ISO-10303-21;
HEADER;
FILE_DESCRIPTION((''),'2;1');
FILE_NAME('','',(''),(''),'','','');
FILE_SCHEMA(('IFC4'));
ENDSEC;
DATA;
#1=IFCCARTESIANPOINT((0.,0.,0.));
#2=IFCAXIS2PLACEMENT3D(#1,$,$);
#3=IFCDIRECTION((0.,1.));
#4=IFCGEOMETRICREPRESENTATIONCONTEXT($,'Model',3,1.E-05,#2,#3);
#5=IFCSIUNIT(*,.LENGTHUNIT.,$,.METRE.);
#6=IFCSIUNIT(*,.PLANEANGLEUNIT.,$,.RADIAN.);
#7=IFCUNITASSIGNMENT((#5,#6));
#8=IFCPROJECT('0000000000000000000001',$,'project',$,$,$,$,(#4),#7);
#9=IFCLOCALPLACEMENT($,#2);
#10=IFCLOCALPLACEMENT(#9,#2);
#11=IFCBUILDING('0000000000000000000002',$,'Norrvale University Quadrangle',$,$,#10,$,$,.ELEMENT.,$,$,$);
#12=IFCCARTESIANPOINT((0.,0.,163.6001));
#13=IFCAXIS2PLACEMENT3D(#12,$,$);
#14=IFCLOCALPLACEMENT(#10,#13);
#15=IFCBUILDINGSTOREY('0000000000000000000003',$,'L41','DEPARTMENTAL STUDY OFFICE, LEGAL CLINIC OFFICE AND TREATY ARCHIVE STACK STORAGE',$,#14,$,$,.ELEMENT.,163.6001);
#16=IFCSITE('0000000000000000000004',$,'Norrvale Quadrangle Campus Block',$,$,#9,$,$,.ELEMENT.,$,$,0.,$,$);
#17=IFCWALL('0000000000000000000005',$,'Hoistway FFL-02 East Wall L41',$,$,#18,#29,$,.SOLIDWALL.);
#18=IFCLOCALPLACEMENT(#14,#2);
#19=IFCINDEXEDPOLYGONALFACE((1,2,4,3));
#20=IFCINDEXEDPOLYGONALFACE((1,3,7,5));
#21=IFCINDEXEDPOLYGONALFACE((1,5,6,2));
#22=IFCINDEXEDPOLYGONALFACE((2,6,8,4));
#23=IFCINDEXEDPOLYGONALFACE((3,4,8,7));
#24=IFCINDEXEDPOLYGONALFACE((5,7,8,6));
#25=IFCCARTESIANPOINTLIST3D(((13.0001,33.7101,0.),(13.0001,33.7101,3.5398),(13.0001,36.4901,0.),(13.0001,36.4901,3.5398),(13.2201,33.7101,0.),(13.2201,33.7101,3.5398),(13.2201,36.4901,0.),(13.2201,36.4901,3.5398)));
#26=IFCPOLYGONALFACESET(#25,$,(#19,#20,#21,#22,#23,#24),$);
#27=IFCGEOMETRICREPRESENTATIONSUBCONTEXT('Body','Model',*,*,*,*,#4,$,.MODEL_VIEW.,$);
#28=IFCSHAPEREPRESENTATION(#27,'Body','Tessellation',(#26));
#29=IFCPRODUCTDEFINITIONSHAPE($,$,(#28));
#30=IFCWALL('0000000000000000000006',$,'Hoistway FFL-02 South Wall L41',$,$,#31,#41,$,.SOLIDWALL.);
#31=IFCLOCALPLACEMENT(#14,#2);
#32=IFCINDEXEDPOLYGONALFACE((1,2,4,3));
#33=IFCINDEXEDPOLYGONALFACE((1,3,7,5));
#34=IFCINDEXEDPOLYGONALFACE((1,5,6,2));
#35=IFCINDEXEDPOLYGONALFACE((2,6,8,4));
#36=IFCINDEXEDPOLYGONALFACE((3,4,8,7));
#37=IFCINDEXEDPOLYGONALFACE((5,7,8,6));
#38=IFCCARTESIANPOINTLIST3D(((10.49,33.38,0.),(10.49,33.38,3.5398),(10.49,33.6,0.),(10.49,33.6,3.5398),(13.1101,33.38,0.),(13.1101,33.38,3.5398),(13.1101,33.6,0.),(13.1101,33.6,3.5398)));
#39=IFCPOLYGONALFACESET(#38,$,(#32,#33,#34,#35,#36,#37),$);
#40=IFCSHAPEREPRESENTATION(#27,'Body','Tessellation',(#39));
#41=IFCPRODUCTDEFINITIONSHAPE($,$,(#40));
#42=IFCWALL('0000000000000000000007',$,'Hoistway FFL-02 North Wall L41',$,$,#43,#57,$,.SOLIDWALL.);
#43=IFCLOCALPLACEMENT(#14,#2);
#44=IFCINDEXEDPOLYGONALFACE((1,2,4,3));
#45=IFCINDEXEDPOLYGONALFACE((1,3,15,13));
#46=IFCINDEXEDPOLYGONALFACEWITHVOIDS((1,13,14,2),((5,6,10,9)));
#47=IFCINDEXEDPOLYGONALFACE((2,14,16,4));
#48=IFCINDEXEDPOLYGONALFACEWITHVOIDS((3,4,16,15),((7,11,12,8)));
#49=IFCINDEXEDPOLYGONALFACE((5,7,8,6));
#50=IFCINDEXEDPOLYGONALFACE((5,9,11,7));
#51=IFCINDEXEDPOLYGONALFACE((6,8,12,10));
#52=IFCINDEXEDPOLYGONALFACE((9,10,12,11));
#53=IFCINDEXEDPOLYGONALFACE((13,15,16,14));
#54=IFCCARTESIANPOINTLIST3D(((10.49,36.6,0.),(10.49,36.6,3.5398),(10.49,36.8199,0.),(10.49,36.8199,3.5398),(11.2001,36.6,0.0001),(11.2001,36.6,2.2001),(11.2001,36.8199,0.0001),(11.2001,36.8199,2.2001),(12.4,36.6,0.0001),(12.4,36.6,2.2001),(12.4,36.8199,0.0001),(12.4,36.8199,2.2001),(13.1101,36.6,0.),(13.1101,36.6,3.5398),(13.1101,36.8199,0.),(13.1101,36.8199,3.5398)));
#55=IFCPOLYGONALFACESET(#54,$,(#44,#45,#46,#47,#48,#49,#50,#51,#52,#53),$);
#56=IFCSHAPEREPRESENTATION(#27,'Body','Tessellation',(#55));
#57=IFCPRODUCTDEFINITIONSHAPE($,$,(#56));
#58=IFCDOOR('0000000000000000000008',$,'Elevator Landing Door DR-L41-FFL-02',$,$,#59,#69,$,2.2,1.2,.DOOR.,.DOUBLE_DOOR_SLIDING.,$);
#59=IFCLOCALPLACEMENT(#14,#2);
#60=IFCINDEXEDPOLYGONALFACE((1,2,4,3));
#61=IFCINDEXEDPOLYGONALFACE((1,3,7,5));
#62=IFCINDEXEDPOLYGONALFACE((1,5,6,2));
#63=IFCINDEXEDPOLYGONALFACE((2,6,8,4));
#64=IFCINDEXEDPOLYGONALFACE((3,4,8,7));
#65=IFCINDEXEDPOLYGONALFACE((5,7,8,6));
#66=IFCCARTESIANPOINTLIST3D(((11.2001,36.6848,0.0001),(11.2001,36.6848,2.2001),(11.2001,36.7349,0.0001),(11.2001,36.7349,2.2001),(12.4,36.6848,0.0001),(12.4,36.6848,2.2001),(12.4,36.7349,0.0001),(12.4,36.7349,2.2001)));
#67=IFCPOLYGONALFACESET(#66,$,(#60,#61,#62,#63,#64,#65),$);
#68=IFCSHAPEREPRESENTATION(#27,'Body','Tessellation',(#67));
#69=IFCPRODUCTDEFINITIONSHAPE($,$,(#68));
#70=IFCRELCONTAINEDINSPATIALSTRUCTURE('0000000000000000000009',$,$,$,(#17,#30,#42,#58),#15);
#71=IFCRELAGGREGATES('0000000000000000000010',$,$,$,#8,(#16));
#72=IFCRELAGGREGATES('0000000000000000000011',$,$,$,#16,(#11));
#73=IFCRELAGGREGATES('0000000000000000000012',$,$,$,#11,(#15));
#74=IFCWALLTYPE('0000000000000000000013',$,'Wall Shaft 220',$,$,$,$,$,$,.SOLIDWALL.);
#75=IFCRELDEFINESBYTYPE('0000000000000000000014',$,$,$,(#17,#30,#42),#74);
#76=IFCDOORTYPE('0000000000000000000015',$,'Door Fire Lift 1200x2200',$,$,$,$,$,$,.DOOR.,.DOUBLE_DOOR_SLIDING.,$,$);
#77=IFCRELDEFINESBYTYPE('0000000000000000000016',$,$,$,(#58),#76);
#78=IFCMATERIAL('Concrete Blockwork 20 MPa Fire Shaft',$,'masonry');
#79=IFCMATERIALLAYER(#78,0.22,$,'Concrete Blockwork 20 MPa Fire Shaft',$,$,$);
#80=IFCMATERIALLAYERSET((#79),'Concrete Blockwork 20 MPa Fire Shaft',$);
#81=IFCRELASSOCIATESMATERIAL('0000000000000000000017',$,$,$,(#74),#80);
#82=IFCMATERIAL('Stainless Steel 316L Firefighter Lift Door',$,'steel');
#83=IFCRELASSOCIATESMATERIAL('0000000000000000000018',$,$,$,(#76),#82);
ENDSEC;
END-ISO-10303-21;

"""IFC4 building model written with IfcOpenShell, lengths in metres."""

from ifc_helpers import new_model, si_unit, direction, frame, frame_2d, origin, place, context, subcontext, project, spatial, rectangle, extrude, material, layer, layer_set, type_object, element, fill, save


model = new_model("IFC4")

# Units and contexts
model_context = context("Model", 3, precision=1e-05, world=origin(), true_north=direction((0.0, 1.0)))
body_context = subcontext(model_context, "Body", "Model", "MODEL_VIEW")
ifc_project = project(units=[si_unit("LENGTHUNIT", "METRE"), si_unit("PLANEANGLEUNIT", "RADIAN")], contexts=[model_context])

# Site, building, storey
site_placement = place(None, origin())
site = spatial("IfcSite", under=ifc_project, at=site_placement, Name="Norrvale Quadrangle Campus Block", CompositionType="ELEMENT", RefElevation=0.0)
building_placement = place(site_placement, origin())
building = spatial("IfcBuilding", under=site, at=building_placement, Name="Norrvale University Quadrangle", CompositionType="ELEMENT")
storey_placement = place(building_placement, frame((0.0, 0.0, 163.6001)))
storey = spatial("IfcBuildingStorey", under=building, at=storey_placement, Name="L41", Description="DEPARTMENTAL STUDY OFFICE, LEGAL CLINIC OFFICE AND TREATY ARCHIVE STACK STORAGE", CompositionType="ELEMENT", Elevation=163.6001)

# Shared definitions
ifc_material_1 = material(Name="Concrete Blockwork 20 MPa Fire Shaft", Category="masonry")
ifc_layer_1 = layer(ifc_material_1, 0.22, Name="Concrete Blockwork 20 MPa Fire Shaft")
ifc_layer_set_1 = layer_set([ifc_layer_1], Name="Concrete Blockwork 20 MPa Fire Shaft")
wall_type_1 = type_object("IfcWallType", Name="Wall Shaft 220", PredefinedType="SOLIDWALL", material=ifc_layer_set_1)

# Shared definitions
ifc_material_2 = material(Name="Stainless Steel 316L Firefighter Lift Door", Category="steel")
door_type_1 = type_object("IfcDoorType", Name="Door Fire Lift 1200x2200", OperationType="DOUBLE_DOOR_SLIDING", PredefinedType="DOOR", material=ifc_material_2)

# Walls
for number, where, z_axis, x_axis, name in (
    (1, (13.1101, 33.71, 0.0), (0.0, 0.0, 1.0), (0.0, 1.0, 0.0), "Hoistway FFL-02 East Wall L41"),
):
    element("IfcWall", number, at=place(storey_placement, frame(where, z_axis=z_axis, x_axis=x_axis)), inside=storey, type_object=wall_type_1, Name=name, PredefinedType="SOLIDWALL", context=body_context, shape_type="SweptSolid", body=[
        extrude(rectangle(XDim=2.78, YDim=0.22, at=frame_2d((1.3901, 0.0))), origin(), (0.0, 0.0, 1.0), 3.5398),
    ])
wall_1_placement = place(storey_placement, frame((10.49, 33.49, 0.0), z_axis=(0.0, 0.0, 1.0), x_axis=(1.0, 0.0, 0.0)))
element("IfcWall", 2, at=wall_1_placement, inside=storey, type_object=wall_type_1, Name="Hoistway FFL-02 South Wall L41", PredefinedType="SOLIDWALL", context=body_context, shape_type="SweptSolid", body=[
    extrude(rectangle(XDim=2.6201, YDim=0.22, at=frame_2d((1.3101, 0.0))), origin(), (0.0, 0.0, 1.0), 3.5398),
])

# Wall, opening, door
wall_2_placement = place(storey_placement, frame((10.49, 36.71, 0.0), z_axis=(0.0, 0.0, 1.0), x_axis=(1.0, 0.0, 0.0)))
wall_2 = element("IfcWall", 3, at=wall_2_placement, inside=storey, type_object=wall_type_1, Name="Hoistway FFL-02 North Wall L41", PredefinedType="SOLIDWALL", context=body_context, shape_type="SweptSolid", body=[
    extrude(rectangle(XDim=2.6201, YDim=0.22, at=frame_2d((1.3101, 0.0))), origin(), (0.0, 0.0, 1.0), 3.5398),
])
opening_1_placement = place(wall_2_placement, frame((0.71, 0.0, 0.0)))
opening_1 = element("IfcOpeningElement", 4, at=opening_1_placement, cuts=wall_2, PredefinedType="OPENING", context=body_context, shape_type="SweptSolid", body=[
    extrude(rectangle(XDim=1.2, YDim=2.2, at=frame_2d((0.6001, 1.1001))), frame((0.0, 0.1221, 0.0), z_axis=(0.0, -1.0, 0.0), x_axis=(1.0, 0.0, 0.0)), (0.0, 0.0, 1.0), 0.2439),
])
door_1_placement = place(opening_1_placement, origin())
door_1 = element("IfcDoor", 5, at=door_1_placement, inside=storey, type_object=door_type_1, Name="Elevator Landing Door DR-L41-FFL-02", OperationType="DOUBLE_DOOR_SLIDING", OverallHeight=2.2, OverallWidth=1.2, PredefinedType="DOOR", context=body_context, shape_type="SweptSolid", body=[
    extrude(rectangle(XDim=1.2, YDim=2.2, at=frame_2d((0.6001, 1.1001))), frame((0.0, 0.0249, 0.0), z_axis=(0.0, -1.0, 0.0), x_axis=(1.0, 0.0, 0.0)), (0.0, 0.0, 1.0), 0.05),
])
fill(opening_1, door_1)

save(model, "model.ifc")
